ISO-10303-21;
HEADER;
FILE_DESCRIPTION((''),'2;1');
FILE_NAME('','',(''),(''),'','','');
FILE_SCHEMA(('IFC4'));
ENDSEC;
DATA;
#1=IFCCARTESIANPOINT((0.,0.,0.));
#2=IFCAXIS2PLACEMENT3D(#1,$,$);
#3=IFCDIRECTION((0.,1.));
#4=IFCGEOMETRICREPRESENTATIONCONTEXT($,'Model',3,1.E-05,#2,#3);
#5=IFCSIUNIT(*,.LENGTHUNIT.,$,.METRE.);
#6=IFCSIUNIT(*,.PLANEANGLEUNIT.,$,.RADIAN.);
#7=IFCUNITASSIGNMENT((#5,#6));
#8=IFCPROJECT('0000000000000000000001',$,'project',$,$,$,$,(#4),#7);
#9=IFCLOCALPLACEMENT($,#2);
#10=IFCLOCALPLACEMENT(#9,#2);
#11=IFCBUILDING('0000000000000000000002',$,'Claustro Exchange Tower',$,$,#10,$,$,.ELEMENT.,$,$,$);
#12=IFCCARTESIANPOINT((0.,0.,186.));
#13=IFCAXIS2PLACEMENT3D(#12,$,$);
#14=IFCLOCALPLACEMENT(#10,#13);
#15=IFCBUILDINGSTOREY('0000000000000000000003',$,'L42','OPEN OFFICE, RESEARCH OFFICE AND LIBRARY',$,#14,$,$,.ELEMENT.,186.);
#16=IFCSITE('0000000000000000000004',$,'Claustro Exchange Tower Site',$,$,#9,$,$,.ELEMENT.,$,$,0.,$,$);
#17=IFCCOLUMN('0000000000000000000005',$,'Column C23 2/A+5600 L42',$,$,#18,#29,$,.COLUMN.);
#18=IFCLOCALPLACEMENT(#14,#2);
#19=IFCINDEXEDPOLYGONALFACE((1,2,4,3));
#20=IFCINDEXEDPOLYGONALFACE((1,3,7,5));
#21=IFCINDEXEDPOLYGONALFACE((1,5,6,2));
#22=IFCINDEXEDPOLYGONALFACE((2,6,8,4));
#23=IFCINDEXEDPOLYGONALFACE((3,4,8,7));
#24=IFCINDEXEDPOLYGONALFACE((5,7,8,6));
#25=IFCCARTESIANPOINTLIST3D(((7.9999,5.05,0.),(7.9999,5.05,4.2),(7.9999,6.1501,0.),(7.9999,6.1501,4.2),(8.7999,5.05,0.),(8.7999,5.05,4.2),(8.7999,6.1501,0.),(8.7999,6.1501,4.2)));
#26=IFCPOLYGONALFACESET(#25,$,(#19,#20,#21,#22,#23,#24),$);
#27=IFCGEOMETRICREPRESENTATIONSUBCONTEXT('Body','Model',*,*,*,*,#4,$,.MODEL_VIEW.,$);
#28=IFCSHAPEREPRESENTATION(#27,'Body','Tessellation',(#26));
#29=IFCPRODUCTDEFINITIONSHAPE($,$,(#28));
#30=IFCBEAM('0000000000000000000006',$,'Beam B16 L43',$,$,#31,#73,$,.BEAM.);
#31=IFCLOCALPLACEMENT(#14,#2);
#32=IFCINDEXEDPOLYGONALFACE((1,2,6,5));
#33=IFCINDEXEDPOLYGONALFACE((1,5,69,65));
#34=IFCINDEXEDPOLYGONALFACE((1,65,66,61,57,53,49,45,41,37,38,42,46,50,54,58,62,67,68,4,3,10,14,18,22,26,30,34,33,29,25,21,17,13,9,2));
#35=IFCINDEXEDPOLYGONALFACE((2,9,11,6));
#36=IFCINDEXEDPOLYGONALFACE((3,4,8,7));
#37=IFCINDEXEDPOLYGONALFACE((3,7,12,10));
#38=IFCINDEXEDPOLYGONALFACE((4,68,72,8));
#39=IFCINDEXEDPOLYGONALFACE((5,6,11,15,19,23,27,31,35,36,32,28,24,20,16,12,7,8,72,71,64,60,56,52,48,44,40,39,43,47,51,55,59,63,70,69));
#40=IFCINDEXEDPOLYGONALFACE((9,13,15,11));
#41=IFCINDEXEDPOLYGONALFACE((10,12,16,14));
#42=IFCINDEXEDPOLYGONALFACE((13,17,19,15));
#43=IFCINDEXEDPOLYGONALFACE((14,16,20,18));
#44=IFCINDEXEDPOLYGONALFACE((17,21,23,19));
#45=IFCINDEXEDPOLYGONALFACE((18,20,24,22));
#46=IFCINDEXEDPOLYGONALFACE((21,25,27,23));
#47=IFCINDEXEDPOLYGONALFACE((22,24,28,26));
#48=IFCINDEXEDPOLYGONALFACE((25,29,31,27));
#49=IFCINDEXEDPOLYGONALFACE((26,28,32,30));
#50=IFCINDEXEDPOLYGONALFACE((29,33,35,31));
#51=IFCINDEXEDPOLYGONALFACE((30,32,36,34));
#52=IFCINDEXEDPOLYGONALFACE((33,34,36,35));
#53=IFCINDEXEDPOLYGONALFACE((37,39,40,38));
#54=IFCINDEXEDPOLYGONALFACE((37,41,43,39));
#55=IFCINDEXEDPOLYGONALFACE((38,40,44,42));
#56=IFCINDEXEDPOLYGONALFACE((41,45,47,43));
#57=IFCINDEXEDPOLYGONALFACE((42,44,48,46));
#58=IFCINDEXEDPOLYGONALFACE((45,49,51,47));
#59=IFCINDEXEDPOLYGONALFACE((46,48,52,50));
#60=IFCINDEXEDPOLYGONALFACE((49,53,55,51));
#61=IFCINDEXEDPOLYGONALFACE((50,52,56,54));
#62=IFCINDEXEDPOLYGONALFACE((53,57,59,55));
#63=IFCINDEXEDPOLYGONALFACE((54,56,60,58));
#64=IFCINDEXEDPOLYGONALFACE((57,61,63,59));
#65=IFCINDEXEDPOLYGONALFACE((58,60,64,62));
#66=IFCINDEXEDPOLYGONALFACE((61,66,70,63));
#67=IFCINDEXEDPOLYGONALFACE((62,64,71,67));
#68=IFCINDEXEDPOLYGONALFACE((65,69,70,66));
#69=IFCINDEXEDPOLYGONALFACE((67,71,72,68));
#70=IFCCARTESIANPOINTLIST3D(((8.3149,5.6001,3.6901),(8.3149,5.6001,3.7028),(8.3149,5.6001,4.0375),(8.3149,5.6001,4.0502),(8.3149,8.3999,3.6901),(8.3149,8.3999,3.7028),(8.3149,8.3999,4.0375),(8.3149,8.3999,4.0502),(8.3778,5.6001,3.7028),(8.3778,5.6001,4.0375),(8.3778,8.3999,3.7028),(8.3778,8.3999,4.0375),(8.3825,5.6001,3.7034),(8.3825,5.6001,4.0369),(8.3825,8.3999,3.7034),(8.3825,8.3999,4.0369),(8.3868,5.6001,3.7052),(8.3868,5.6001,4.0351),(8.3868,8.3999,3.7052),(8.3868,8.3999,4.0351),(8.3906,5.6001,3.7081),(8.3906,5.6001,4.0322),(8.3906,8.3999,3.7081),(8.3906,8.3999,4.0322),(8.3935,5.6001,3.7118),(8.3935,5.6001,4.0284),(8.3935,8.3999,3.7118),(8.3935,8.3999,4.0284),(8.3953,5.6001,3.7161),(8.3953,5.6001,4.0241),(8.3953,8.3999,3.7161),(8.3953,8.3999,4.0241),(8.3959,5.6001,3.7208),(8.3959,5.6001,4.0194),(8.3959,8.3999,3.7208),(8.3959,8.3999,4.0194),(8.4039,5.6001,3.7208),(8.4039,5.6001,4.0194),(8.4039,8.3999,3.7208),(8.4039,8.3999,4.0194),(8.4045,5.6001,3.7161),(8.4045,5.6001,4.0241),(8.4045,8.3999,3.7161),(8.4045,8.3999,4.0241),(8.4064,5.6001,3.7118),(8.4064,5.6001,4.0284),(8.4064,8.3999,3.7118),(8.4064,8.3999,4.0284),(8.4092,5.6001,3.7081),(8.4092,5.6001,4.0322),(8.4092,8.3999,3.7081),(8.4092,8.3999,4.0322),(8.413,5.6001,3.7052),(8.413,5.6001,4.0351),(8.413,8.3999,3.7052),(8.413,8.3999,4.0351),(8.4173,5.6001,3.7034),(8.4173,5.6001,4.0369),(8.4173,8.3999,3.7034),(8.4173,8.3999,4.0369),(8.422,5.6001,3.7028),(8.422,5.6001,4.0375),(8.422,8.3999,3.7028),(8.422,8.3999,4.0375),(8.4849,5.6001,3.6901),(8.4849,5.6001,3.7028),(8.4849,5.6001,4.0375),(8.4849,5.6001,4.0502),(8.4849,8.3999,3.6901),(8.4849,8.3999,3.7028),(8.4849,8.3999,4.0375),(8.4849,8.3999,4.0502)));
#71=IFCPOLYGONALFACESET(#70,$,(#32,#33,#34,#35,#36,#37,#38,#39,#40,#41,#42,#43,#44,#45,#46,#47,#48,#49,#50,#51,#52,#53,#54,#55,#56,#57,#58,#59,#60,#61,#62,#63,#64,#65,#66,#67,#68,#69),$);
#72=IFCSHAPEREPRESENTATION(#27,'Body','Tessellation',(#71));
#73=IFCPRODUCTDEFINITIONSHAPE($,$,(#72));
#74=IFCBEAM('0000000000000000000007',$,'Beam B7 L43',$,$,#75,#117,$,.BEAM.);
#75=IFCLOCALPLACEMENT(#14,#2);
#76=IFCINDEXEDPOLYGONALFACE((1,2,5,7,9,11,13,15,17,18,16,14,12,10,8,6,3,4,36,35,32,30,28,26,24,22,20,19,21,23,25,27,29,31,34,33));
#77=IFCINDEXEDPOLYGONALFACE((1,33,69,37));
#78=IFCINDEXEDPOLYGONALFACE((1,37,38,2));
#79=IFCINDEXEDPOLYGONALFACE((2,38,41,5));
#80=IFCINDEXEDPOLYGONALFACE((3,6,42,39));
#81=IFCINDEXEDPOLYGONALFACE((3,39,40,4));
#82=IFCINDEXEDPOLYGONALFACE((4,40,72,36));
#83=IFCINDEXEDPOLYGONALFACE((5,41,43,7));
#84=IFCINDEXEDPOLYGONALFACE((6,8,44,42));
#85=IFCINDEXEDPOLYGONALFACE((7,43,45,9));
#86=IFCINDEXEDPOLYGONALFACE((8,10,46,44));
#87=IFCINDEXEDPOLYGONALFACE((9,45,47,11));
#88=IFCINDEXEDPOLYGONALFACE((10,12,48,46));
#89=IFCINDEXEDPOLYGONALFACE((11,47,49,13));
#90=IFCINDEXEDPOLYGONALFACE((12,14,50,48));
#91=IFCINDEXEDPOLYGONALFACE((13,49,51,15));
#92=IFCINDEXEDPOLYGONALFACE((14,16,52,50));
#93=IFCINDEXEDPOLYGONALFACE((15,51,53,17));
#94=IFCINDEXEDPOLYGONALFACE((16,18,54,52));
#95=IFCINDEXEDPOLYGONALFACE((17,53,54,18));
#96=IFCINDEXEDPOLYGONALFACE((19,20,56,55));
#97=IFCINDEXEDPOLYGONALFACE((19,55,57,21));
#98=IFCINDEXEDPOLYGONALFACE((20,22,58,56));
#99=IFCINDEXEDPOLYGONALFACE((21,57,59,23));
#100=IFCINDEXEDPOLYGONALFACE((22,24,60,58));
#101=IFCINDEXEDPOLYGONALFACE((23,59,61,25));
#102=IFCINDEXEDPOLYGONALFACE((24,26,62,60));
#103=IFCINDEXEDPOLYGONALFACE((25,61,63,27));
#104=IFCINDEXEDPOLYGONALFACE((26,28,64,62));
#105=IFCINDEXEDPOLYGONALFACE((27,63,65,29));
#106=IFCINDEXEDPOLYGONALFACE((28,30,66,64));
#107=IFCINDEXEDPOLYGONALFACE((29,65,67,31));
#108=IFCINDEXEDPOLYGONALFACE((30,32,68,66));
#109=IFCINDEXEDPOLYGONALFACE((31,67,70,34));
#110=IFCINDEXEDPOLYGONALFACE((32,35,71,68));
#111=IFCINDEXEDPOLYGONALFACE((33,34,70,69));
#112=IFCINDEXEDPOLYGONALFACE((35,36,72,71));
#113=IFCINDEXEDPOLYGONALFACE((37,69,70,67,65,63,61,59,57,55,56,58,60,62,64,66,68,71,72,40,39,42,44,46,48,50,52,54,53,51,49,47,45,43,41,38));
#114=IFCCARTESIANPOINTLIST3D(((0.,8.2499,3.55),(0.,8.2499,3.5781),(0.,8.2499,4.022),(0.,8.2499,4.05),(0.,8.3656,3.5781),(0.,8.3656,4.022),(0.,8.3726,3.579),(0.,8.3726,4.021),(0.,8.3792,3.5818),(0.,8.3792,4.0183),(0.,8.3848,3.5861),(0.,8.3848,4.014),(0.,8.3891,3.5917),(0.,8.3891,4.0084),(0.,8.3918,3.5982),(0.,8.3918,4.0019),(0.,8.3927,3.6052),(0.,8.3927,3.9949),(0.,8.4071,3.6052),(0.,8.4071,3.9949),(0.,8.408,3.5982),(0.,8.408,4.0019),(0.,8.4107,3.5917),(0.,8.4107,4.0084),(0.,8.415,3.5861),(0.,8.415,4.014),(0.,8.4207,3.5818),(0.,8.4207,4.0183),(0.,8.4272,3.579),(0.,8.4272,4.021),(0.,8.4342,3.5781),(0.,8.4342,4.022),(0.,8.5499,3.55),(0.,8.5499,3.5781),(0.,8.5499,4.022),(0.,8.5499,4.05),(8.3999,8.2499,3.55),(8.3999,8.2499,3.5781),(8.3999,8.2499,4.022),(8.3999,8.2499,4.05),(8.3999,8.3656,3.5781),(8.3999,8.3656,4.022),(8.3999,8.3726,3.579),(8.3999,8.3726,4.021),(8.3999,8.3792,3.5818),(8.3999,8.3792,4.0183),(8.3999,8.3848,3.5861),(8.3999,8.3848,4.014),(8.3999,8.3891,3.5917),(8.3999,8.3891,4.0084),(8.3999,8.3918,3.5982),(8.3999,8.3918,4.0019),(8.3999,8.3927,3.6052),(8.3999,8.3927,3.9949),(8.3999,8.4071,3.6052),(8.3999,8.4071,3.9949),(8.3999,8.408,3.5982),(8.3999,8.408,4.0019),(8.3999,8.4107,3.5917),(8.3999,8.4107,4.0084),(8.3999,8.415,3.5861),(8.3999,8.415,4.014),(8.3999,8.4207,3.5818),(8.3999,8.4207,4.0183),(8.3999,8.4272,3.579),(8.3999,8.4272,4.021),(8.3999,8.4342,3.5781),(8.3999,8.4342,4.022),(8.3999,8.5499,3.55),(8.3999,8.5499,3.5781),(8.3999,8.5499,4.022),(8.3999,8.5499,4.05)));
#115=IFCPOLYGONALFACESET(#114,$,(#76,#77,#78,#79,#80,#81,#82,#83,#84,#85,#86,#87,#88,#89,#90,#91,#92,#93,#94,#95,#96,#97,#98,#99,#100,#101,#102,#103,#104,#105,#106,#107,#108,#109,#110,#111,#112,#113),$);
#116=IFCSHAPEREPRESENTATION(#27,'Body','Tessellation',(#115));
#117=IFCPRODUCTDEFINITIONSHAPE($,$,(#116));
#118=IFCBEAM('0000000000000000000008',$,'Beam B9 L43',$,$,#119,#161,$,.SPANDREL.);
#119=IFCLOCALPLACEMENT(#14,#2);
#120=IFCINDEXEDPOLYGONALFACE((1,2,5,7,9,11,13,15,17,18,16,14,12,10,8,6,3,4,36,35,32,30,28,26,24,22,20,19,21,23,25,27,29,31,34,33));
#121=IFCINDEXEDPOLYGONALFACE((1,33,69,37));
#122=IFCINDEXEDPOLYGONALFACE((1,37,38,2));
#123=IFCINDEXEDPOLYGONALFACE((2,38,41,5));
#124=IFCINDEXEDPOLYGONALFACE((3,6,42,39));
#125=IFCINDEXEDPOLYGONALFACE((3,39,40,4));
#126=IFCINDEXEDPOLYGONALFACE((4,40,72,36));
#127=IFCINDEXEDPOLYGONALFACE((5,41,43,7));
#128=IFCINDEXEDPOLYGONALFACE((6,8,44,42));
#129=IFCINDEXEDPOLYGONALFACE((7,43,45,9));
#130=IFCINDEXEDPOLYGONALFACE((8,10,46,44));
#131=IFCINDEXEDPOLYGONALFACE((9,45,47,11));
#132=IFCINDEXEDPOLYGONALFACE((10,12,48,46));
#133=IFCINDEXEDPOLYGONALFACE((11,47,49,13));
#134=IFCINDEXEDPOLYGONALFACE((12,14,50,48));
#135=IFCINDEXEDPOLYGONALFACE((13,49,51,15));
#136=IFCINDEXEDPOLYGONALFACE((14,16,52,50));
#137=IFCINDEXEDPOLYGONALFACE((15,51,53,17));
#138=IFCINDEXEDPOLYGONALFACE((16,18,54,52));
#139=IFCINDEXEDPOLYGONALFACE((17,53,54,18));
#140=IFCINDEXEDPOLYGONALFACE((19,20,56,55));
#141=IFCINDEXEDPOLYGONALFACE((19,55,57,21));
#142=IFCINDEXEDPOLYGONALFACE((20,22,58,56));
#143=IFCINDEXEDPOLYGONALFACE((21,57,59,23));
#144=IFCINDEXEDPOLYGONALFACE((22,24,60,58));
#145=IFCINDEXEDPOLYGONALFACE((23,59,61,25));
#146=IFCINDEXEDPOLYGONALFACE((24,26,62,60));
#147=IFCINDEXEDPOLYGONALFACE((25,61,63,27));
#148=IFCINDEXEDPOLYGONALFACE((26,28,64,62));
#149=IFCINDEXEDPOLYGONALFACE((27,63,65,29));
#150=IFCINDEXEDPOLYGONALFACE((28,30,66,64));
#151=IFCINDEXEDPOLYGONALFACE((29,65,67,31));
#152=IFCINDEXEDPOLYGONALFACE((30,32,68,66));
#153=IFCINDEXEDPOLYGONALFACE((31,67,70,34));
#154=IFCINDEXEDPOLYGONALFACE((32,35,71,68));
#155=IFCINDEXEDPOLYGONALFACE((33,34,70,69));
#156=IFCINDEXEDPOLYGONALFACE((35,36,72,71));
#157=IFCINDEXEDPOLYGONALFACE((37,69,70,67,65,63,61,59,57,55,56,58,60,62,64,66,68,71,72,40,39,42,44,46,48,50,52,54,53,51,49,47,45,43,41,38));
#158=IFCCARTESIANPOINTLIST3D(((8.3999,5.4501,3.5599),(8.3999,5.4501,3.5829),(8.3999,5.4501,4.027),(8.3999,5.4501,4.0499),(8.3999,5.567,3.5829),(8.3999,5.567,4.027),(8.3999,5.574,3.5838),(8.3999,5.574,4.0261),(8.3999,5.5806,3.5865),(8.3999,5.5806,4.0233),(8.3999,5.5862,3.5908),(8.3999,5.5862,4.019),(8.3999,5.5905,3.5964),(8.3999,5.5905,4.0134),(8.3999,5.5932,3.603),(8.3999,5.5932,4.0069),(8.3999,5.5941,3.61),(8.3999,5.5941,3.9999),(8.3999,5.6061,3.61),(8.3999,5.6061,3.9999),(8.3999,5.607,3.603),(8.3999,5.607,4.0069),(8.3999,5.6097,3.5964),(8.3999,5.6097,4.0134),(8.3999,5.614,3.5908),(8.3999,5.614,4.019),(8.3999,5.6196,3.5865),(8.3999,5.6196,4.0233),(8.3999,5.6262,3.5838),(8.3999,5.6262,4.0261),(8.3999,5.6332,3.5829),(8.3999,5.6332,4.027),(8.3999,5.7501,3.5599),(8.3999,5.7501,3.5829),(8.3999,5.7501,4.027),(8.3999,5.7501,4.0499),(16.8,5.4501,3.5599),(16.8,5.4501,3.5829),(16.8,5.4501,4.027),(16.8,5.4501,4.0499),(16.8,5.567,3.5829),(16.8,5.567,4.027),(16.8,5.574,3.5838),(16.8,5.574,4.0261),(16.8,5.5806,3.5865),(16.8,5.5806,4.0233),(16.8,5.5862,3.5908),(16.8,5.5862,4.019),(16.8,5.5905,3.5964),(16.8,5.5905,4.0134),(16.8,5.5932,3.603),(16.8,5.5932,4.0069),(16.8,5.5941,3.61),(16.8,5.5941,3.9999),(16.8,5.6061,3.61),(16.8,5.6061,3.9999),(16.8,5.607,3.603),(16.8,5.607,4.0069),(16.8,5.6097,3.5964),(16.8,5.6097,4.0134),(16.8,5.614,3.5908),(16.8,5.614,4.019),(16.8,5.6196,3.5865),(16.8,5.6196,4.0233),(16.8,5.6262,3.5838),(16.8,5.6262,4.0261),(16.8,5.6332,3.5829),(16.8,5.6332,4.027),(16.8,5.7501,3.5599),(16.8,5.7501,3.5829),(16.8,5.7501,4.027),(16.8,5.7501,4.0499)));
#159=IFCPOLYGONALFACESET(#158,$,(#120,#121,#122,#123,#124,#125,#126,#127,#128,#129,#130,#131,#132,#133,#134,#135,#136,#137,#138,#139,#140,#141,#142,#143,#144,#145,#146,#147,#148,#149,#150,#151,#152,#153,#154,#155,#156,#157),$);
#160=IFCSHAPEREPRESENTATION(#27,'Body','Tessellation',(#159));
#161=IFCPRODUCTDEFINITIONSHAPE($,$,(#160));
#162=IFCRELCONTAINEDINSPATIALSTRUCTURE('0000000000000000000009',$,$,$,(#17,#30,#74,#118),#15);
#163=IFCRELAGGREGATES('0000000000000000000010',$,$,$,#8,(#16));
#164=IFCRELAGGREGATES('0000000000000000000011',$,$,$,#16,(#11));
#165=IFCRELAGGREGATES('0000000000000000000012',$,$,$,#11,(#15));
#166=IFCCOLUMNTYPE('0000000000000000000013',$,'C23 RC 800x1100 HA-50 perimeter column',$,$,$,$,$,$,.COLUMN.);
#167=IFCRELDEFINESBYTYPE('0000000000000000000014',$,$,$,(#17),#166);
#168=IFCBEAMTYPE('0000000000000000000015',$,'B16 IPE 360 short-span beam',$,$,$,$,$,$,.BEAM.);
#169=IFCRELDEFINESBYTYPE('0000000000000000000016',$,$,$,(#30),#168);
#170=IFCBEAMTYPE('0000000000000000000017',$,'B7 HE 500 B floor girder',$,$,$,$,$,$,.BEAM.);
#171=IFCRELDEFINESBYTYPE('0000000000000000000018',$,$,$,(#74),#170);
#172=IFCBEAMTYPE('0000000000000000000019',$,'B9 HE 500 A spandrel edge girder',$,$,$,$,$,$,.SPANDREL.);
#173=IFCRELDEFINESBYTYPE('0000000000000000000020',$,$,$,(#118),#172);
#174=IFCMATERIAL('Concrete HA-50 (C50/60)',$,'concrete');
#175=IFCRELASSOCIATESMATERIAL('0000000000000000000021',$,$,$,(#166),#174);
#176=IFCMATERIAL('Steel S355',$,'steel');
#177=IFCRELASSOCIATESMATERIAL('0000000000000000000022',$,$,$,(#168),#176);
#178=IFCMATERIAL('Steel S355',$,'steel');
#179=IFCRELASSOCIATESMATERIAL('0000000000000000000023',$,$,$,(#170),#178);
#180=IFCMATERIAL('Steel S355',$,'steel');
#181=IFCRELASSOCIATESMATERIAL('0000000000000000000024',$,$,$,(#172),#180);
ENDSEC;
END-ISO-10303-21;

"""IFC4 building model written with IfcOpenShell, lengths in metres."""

from ifc_helpers import new_model, si_unit, direction, frame, origin, origin_2d, place, context, subcontext, project, spatial, rectangle, i_section, extrude, material, material_profile, profile_set, type_object, element, save


model = new_model("IFC4")

# Units and contexts
model_context = context("Model", 3, precision=1e-05, world=origin(), true_north=direction((0.0, 1.0)))
body_context = subcontext(model_context, "Body", "Model", "MODEL_VIEW")
ifc_project = project(units=[si_unit("LENGTHUNIT", "METRE"), si_unit("PLANEANGLEUNIT", "RADIAN")], contexts=[model_context])

# Site, building, storey
site_placement = place(None, origin())
site = spatial("IfcSite", under=ifc_project, at=site_placement, Name="Claustro Exchange Tower Site", CompositionType="ELEMENT", RefElevation=0.0)
building_placement = place(site_placement, origin())
building = spatial("IfcBuilding", under=site, at=building_placement, Name="Claustro Exchange Tower", CompositionType="ELEMENT")
storey_placement = place(building_placement, frame((0.0, 0.0, 186.0)))
storey = spatial("IfcBuildingStorey", under=building, at=storey_placement, Name="L42", Description="OPEN OFFICE, RESEARCH OFFICE AND LIBRARY", CompositionType="ELEMENT", Elevation=186.0)

# Column
ifc_material_1 = material(Name="Concrete HA-50 (C50/60)", Category="concrete")
ifc_material_profile_1 = material_profile(ifc_material_1, rectangle(XDim=0.8, YDim=1.1001, at=origin_2d()), Name="RC 800x1100")
ifc_profile_set_1 = profile_set([ifc_material_profile_1], Name="Concrete HA-50 (C50/60)")
column_type = type_object("IfcColumnType", Name="C23 RC 800x1100 HA-50 perimeter column", PredefinedType="COLUMN", material=ifc_profile_set_1)
column_placement = place(storey_placement, frame((8.3999, 5.6001, 0.0), z_axis=(0.0, 0.0, 1.0), x_axis=(1.0, 0.0, 0.0)))
element("IfcColumn", 1, at=column_placement, inside=storey, type_object=column_type, Name="Column C23 2/A+5600 L42", PredefinedType="COLUMN", context=body_context, shape_type="SweptSolid", body=[
    extrude(rectangle(XDim=0.8, YDim=1.1001, at=origin_2d()), origin(), (0.0, 0.0, 1.0), 4.2),
])

# Beams
ifc_material_2 = material(Name="Steel S355", Category="steel")
ifc_material_profile_2 = material_profile(ifc_material_2, i_section(OverallWidth=0.1699, OverallDepth=0.3601, WebThickness=0.0081, FlangeThickness=0.0127, FilletRadius=0.0181, at=origin_2d()), Name="IPE 360")
ifc_profile_set_2 = profile_set([ifc_material_profile_2], Name="Steel S355")
beam_type_1 = type_object("IfcBeamType", Name="B16 IPE 360 short-span beam", PredefinedType="BEAM", material=ifc_profile_set_2)
beam_1_placement = place(storey_placement, frame((8.3999, 5.6001, 3.8701), z_axis=(0.0, 1.0, 0.0), x_axis=(-1.0, 0.0, 0.0)))
element("IfcBeam", 2, at=beam_1_placement, inside=storey, type_object=beam_type_1, Name="Beam B16 L43", PredefinedType="BEAM", context=body_context, shape_type="SweptSolid", body=[
    extrude(i_section(OverallWidth=0.1699, OverallDepth=0.3601, WebThickness=0.0081, FlangeThickness=0.0127, FilletRadius=0.0181, at=origin_2d()), origin(), (0.0, 0.0, 1.0), 2.7998),
])
ifc_material_3 = material(Name="Steel S355", Category="steel")
ifc_material_profile_3 = material_profile(ifc_material_3, i_section(OverallWidth=0.3, OverallDepth=0.5, WebThickness=0.0144, FlangeThickness=0.0281, FilletRadius=0.0271, at=origin_2d()), Name="HE 500 B")
ifc_profile_set_3 = profile_set([ifc_material_profile_3], Name="Steel S355")
beam_type_2 = type_object("IfcBeamType", Name="B7 HE 500 B floor girder", PredefinedType="BEAM", material=ifc_profile_set_3)
beam_2_placement = place(storey_placement, frame((0.0, 8.3999, 3.8), z_axis=(1.0, 0.0, 0.0), x_axis=(0.0, 1.0, 0.0)))
element("IfcBeam", 3, at=beam_2_placement, inside=storey, type_object=beam_type_2, Name="Beam B7 L43", PredefinedType="BEAM", context=body_context, shape_type="SweptSolid", body=[
    extrude(i_section(OverallWidth=0.3, OverallDepth=0.5, WebThickness=0.0144, FlangeThickness=0.0281, FilletRadius=0.0271, at=origin_2d()), origin(), (0.0, 0.0, 1.0), 8.3999),
])
ifc_material_4 = material(Name="Steel S355", Category="steel")
ifc_material_profile_4 = material_profile(ifc_material_4, i_section(OverallWidth=0.3, OverallDepth=0.49, WebThickness=0.012, FlangeThickness=0.0229, FilletRadius=0.0271, at=origin_2d()), Name="HE 500 A")
ifc_profile_set_4 = profile_set([ifc_material_profile_4], Name="Steel S355")
beam_type_3 = type_object("IfcBeamType", Name="B9 HE 500 A spandrel edge girder", PredefinedType="SPANDREL", material=ifc_profile_set_4)
beam_3_placement = place(storey_placement, frame((8.3999, 5.6001, 3.8049), z_axis=(1.0, 0.0, 0.0), x_axis=(0.0, 1.0, 0.0)))
element("IfcBeam", 4, at=beam_3_placement, inside=storey, type_object=beam_type_3, Name="Beam B9 L43", PredefinedType="SPANDREL", context=body_context, shape_type="SweptSolid", body=[
    extrude(i_section(OverallWidth=0.3, OverallDepth=0.49, WebThickness=0.012, FlangeThickness=0.0229, FilletRadius=0.0271, at=origin_2d()), origin(), (0.0, 0.0, 1.0), 8.4001),
])

save(model, "model.ifc")
